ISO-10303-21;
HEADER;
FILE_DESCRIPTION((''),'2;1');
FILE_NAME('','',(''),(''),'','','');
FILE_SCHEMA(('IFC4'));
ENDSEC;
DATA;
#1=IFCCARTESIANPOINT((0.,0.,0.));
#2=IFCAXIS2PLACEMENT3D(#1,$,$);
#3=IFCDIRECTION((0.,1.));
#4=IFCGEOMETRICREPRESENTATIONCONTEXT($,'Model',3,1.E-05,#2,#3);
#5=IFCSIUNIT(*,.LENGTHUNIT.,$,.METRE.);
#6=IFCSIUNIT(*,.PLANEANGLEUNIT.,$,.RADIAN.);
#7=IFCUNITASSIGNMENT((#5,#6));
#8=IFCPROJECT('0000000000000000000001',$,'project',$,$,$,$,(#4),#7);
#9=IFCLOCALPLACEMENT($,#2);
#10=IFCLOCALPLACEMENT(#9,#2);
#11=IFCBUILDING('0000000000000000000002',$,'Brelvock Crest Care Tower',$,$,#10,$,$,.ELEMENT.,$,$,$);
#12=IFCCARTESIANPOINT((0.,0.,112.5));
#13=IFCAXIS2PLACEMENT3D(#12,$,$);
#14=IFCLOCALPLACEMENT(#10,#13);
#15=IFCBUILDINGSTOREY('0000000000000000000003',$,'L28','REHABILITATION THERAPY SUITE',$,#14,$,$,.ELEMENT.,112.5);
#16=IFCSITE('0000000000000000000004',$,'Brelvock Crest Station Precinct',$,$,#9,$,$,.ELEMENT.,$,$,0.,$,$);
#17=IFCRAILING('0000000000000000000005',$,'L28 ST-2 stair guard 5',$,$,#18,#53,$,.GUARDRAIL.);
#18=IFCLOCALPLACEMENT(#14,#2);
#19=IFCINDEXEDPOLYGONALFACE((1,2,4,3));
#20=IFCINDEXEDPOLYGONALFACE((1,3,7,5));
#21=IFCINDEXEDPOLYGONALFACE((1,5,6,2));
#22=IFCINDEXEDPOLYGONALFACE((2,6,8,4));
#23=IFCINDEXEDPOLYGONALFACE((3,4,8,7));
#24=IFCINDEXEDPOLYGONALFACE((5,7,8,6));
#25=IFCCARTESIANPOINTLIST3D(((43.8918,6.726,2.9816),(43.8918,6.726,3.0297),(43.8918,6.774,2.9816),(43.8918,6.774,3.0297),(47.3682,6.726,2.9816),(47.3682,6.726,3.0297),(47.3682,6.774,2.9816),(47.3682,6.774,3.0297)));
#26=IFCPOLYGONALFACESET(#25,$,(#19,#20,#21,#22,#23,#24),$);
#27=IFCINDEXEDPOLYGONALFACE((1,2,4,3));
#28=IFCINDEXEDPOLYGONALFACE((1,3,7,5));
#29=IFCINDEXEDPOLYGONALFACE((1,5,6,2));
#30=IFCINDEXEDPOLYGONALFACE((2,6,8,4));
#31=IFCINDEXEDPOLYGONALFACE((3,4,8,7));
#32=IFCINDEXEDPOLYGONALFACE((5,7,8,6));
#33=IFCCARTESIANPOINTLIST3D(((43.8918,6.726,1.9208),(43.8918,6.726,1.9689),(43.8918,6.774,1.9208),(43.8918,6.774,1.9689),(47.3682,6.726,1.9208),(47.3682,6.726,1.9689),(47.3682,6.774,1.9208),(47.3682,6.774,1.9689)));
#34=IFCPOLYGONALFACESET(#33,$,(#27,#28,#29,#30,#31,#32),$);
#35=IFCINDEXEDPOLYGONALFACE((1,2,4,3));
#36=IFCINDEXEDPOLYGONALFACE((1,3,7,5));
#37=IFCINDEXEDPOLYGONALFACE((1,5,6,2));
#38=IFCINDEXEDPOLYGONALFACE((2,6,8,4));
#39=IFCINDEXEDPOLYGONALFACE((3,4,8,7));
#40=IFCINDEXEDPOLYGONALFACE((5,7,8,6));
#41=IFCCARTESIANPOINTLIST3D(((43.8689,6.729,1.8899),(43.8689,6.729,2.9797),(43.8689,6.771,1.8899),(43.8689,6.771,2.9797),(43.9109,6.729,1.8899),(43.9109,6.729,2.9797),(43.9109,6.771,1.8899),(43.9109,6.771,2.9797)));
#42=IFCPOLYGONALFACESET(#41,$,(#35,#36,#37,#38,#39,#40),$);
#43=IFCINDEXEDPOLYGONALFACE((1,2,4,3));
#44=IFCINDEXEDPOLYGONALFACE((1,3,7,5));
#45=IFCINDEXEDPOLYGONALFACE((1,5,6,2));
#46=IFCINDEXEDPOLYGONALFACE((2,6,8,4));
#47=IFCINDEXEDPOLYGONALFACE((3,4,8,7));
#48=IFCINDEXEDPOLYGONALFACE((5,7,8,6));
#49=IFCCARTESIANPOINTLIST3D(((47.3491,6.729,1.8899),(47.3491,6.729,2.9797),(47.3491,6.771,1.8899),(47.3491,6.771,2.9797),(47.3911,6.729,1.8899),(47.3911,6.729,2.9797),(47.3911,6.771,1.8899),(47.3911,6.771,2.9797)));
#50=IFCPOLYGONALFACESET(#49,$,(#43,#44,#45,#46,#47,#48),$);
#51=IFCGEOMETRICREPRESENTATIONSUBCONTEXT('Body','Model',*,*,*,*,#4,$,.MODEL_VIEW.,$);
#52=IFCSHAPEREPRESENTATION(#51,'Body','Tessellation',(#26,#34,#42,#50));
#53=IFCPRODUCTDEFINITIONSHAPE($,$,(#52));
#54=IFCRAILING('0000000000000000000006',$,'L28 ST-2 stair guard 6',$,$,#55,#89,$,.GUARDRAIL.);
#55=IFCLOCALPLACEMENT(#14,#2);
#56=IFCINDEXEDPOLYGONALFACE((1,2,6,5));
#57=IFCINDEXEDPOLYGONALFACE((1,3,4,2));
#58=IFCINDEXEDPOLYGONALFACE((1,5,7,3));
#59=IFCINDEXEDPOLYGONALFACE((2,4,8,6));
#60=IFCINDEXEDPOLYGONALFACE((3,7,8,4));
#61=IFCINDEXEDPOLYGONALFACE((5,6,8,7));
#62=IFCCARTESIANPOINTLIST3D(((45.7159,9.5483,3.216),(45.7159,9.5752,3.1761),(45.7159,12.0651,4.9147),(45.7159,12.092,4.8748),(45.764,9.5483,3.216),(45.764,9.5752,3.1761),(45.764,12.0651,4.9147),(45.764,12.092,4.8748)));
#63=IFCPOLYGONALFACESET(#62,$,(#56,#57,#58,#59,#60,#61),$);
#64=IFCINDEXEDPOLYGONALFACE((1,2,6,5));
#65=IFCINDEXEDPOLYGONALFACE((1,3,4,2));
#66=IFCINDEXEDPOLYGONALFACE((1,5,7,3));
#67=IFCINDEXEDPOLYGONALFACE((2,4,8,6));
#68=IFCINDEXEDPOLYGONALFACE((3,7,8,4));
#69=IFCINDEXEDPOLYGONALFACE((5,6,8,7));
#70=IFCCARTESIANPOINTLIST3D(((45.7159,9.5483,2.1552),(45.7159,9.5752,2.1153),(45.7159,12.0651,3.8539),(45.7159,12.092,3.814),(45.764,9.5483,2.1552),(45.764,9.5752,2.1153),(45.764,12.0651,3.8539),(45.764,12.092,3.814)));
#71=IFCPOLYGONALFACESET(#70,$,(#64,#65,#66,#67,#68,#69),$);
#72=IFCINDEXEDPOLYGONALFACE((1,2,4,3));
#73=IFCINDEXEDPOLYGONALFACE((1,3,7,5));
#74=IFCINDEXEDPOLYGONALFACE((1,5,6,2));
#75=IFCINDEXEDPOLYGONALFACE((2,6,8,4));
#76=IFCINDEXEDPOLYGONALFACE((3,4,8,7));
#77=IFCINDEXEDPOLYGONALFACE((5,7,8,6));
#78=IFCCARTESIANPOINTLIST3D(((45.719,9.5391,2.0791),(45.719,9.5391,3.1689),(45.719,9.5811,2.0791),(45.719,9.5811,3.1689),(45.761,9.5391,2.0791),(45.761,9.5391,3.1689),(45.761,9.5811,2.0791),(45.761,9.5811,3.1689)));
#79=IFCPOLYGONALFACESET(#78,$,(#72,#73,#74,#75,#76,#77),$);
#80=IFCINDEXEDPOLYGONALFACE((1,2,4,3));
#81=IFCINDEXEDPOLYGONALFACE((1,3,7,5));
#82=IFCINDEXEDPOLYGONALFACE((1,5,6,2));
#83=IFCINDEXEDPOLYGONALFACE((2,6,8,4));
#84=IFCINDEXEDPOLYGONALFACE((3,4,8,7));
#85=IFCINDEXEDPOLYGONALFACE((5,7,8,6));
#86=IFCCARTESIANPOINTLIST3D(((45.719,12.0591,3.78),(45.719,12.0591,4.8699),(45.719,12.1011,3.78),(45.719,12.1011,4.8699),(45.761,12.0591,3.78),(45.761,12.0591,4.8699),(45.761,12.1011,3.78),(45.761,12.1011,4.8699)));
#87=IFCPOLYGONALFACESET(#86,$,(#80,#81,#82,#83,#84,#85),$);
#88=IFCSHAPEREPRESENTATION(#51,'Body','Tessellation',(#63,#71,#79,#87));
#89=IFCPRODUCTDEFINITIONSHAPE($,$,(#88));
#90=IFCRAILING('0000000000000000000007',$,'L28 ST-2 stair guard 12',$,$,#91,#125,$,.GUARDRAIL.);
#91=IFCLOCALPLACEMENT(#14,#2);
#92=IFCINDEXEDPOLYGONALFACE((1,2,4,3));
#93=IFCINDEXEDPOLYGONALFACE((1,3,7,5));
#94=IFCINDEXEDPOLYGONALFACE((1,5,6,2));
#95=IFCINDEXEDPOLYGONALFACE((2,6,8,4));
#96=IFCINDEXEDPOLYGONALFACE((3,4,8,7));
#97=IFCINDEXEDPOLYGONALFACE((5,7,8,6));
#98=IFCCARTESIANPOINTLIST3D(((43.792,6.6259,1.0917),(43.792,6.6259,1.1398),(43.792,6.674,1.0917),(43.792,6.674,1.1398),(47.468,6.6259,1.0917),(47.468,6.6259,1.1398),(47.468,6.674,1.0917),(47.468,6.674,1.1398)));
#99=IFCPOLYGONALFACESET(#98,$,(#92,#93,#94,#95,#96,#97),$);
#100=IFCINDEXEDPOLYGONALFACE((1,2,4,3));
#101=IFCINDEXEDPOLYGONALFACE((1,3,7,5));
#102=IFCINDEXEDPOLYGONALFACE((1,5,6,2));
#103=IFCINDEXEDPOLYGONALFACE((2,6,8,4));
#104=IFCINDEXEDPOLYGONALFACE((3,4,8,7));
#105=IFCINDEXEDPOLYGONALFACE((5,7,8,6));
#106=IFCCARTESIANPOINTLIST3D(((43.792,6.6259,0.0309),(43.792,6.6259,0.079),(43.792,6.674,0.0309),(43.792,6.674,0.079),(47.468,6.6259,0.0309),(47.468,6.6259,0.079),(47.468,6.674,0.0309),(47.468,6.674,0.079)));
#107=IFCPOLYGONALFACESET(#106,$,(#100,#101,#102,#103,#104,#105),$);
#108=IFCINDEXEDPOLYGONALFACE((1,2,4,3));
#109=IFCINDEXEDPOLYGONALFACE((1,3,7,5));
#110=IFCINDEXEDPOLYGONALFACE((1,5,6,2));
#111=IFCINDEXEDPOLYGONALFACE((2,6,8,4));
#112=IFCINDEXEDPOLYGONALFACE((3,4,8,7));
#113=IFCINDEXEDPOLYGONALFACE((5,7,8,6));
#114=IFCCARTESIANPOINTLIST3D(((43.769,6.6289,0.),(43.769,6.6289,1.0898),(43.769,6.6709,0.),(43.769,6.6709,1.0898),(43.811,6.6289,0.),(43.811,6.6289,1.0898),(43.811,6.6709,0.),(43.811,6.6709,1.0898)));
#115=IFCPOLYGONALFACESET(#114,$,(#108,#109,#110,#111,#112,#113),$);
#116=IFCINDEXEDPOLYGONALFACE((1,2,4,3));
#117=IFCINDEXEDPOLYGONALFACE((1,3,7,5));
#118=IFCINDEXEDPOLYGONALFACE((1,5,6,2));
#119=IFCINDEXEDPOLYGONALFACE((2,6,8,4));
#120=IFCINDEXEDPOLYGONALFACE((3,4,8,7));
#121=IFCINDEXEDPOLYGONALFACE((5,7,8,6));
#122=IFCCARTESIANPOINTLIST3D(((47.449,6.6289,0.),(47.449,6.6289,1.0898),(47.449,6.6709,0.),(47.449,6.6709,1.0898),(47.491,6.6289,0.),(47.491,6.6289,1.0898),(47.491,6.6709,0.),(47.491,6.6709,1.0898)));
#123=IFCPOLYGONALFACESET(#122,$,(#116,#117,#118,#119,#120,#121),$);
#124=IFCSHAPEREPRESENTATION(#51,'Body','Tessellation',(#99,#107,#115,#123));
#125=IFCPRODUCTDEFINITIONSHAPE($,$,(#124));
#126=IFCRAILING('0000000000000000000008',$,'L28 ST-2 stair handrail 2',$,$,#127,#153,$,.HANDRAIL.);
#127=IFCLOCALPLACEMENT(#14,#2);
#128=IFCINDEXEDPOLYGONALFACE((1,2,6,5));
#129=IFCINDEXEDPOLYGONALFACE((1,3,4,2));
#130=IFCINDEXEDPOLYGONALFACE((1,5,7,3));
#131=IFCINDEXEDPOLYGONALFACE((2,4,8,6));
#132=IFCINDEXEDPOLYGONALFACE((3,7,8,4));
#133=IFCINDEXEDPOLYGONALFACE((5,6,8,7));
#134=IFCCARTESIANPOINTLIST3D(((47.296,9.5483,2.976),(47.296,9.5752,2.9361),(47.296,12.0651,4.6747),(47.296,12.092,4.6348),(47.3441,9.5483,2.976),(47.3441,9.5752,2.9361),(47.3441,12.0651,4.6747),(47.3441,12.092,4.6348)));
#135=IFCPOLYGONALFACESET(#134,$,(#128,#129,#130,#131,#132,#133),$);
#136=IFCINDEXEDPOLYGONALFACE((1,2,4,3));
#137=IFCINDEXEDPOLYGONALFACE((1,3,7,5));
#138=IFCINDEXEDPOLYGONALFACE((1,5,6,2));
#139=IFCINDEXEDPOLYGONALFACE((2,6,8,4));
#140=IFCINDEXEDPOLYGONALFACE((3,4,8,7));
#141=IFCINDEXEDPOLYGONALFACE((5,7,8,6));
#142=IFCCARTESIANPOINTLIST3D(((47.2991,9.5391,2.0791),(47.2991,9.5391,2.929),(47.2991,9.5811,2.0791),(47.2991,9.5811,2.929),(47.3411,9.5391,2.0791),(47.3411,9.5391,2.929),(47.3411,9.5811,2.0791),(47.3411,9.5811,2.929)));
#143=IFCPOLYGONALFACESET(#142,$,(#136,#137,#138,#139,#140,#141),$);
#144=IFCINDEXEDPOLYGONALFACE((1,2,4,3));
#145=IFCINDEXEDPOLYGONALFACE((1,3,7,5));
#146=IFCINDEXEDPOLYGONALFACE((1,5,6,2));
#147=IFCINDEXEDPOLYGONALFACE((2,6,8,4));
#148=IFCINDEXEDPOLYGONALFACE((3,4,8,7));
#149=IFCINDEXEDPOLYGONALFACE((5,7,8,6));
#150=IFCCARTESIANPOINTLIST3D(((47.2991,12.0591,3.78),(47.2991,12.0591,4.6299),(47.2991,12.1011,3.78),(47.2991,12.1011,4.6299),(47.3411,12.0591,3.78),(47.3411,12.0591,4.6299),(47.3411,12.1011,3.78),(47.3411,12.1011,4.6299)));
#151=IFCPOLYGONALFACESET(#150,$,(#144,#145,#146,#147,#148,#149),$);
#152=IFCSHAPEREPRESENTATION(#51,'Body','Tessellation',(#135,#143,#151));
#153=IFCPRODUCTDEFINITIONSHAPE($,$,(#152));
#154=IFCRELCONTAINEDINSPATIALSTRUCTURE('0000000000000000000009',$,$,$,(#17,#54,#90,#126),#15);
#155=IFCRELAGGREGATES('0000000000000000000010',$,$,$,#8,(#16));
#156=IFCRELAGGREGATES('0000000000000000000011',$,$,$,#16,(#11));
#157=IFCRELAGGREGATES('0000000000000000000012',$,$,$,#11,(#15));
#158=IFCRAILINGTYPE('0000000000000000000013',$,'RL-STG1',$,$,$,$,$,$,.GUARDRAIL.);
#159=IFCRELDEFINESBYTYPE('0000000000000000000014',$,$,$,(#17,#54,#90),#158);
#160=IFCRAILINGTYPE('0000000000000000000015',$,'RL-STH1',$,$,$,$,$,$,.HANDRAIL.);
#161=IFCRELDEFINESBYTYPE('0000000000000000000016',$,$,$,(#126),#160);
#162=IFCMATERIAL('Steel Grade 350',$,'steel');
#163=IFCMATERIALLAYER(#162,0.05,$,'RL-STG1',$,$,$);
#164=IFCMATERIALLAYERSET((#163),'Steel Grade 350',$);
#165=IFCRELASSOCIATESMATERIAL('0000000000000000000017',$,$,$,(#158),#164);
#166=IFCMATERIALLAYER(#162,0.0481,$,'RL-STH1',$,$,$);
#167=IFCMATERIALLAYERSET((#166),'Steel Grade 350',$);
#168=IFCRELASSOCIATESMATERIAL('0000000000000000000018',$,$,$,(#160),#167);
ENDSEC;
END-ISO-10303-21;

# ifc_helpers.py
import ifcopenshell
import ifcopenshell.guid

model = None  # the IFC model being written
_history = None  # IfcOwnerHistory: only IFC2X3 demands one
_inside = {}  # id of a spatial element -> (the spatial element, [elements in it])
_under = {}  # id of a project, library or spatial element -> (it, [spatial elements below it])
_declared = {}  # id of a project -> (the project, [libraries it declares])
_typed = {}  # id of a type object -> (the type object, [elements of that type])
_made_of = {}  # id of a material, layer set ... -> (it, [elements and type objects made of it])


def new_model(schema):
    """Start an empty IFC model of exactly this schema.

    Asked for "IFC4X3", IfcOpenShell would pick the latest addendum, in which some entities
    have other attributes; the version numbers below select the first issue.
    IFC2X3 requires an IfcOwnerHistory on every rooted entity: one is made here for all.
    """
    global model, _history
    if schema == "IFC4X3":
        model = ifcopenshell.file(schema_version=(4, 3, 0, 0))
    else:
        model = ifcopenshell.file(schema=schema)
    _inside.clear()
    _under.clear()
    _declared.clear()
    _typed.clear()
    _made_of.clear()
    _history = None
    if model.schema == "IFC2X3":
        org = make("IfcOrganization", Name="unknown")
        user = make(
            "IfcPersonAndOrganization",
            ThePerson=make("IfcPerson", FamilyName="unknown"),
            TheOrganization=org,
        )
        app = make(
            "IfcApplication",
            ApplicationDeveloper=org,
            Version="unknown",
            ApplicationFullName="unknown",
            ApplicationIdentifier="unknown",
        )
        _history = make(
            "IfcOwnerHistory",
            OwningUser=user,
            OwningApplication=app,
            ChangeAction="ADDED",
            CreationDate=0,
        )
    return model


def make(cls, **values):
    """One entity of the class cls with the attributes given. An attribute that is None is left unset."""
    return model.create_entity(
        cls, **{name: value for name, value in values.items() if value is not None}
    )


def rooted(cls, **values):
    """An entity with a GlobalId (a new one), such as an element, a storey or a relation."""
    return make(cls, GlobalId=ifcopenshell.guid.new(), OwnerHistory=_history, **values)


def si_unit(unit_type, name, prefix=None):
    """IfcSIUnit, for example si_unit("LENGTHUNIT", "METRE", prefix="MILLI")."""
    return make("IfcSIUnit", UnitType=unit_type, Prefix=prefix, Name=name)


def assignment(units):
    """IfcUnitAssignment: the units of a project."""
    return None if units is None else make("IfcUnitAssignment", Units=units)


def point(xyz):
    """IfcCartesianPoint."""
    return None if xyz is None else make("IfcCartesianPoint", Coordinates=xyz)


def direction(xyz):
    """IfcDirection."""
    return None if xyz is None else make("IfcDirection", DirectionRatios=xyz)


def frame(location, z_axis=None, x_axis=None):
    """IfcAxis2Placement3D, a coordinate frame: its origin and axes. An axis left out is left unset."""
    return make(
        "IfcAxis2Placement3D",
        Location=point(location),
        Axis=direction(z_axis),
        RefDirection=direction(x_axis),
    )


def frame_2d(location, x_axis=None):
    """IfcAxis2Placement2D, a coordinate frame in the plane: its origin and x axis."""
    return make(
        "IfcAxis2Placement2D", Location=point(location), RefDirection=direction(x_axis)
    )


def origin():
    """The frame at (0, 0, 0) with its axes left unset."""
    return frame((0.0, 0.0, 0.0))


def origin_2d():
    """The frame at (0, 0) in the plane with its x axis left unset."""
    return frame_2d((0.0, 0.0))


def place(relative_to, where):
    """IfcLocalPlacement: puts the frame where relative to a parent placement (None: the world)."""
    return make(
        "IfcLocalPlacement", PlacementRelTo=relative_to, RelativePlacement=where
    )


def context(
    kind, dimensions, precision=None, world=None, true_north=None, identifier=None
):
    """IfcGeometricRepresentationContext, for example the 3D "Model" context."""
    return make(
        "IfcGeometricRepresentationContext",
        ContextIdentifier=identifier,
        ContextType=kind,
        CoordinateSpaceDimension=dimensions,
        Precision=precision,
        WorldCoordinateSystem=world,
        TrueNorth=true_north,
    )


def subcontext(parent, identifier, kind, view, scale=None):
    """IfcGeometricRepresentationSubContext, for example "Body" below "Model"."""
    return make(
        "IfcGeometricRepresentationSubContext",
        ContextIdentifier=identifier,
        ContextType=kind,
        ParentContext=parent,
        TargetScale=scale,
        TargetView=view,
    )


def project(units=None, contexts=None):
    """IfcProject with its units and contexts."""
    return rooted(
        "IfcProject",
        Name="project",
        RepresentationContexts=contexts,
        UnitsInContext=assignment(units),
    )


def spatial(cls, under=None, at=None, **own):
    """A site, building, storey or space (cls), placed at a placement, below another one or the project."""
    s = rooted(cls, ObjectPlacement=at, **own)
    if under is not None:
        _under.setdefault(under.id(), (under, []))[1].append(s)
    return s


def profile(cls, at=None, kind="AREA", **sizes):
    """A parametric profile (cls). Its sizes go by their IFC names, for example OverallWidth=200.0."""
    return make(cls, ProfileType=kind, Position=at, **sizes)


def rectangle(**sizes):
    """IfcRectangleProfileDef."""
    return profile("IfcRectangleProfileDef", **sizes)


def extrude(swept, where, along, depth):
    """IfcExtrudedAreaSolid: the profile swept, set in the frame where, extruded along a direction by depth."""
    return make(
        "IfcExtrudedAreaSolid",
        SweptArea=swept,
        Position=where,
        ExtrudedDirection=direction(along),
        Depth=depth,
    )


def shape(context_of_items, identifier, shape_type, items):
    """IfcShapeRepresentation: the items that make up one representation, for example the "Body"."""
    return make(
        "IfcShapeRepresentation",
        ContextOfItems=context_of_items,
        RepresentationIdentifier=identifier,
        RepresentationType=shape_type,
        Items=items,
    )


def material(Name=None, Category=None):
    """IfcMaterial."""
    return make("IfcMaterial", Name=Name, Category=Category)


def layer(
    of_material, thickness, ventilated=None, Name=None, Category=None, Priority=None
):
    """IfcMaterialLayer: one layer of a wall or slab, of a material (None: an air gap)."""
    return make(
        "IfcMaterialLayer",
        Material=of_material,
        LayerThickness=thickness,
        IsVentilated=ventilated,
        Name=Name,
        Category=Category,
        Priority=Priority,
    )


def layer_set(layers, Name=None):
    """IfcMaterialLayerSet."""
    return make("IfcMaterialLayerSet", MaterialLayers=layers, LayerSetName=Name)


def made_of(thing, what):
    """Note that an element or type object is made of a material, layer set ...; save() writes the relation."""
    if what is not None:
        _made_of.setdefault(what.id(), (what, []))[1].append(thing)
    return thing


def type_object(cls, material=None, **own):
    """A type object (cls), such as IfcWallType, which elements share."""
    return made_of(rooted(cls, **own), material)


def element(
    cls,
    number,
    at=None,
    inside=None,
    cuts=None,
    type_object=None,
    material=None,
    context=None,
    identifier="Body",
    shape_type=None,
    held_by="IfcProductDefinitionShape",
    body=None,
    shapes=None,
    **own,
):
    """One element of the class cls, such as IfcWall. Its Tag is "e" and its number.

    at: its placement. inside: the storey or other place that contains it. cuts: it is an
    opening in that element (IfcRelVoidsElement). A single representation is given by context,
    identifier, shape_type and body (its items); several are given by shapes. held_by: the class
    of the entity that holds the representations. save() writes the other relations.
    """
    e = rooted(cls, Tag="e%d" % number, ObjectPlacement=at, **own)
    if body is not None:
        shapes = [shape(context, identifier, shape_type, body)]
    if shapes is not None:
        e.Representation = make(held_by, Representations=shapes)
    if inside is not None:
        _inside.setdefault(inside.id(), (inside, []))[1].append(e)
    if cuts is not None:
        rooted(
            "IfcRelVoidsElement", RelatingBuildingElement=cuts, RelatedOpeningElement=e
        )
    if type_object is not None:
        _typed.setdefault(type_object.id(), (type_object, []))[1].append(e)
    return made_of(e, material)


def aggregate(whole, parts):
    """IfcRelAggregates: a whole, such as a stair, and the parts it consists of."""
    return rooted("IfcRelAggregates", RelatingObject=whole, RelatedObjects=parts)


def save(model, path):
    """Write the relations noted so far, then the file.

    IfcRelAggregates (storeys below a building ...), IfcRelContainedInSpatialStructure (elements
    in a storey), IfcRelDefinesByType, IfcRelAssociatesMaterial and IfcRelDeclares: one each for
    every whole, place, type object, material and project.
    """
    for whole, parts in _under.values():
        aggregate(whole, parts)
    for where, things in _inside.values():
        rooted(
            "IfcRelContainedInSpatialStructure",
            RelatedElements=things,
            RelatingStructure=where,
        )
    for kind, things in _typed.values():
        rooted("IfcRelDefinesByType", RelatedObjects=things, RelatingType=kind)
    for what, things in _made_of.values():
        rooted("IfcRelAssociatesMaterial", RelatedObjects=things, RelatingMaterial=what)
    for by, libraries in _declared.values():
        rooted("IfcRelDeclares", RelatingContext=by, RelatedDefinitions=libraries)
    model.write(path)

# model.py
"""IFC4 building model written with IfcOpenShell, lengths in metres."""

from ifc_helpers import new_model, si_unit, direction, frame, origin, origin_2d, place, context, subcontext, project, spatial, rectangle, extrude, material, layer, layer_set, type_object, element, save


model = new_model("IFC4")

# Units and contexts
model_context = context("Model", 3, precision=1e-05, world=origin(), true_north=direction((0.0, 1.0)))
body_context = subcontext(model_context, "Body", "Model", "MODEL_VIEW")
ifc_project = project(units=[si_unit("LENGTHUNIT", "METRE"), si_unit("PLANEANGLEUNIT", "RADIAN")], contexts=[model_context])

# Site, building, storey
site_placement = place(None, origin())
site = spatial("IfcSite", under=ifc_project, at=site_placement, Name="Brelvock Crest Station Precinct", CompositionType="ELEMENT", RefElevation=0.0)
building_placement = place(site_placement, origin())
building = spatial("IfcBuilding", under=site, at=building_placement, Name="Brelvock Crest Care Tower", CompositionType="ELEMENT")
storey_placement = place(building_placement, frame((0.0, 0.0, 112.5)))
storey = spatial("IfcBuildingStorey", under=building, at=storey_placement, Name="L28", Description="REHABILITATION THERAPY SUITE", CompositionType="ELEMENT", Elevation=112.5)

# Shared definitions
ifc_material_1 = material(Name="Steel Grade 350", Category="steel")

# Railings
ifc_layer_1 = layer(ifc_material_1, 0.05, Name="RL-STG1")
ifc_layer_set_1 = layer_set([ifc_layer_1], Name="Steel Grade 350")
railing_type_1 = type_object("IfcRailingType", Name="RL-STG1", PredefinedType="GUARDRAIL", material=ifc_layer_set_1)
railing_1_placement = place(storey_placement, frame((43.8899, 6.75, 1.8899)))
element("IfcRailing", 1, at=railing_1_placement, inside=storey, type_object=railing_type_1, Name="L28 ST-2 stair guard 5", PredefinedType="GUARDRAIL", context=body_context, shape_type="SweptSolid", body=[
    extrude(rectangle(XDim=0.0481, YDim=0.0481, at=origin_2d()), frame((0.002, 0.0, 1.1157), z_axis=(1.0, 0.0, 0.0), x_axis=(0.0, 1.0, 0.0)), (0.0, 0.0, 1.0), 3.4763),
    extrude(rectangle(XDim=0.0481, YDim=0.0481, at=origin_2d()), frame((0.002, 0.0, 0.0549), z_axis=(1.0, 0.0, 0.0), x_axis=(0.0, 1.0, 0.0)), (0.0, 0.0, 1.0), 3.4763),
    extrude(rectangle(XDim=0.042, YDim=0.042, at=origin_2d()), origin(), (0.0, 0.0, 1.0), 1.0898),
    extrude(rectangle(XDim=0.042, YDim=0.042, at=origin_2d()), frame((3.4802, 0.0, 0.0)), (0.0, 0.0, 1.0), 1.0898),
])
railing_2_placement = place(storey_placement, frame((45.74, 9.5601, 2.0791)))
element("IfcRailing", 2, at=railing_2_placement, inside=storey, type_object=railing_type_1, Name="L28 ST-2 stair guard 6", PredefinedType="GUARDRAIL", context=body_context, shape_type="SweptSolid", body=[
    extrude(rectangle(XDim=0.0481, YDim=0.0481, at=origin_2d()), frame((0.0, 0.0017, 1.1169), z_axis=(0.0, 0.828862, 0.559454), x_axis=(-1.0, 0.0, 0.0)), (0.0, 0.0, 1.0), 3.0364),
    extrude(rectangle(XDim=0.0481, YDim=0.0481, at=origin_2d()), frame((0.0, 0.0017, 0.0562), z_axis=(0.0, 0.828862, 0.559454), x_axis=(-1.0, 0.0, 0.0)), (0.0, 0.0, 1.0), 3.0364),
    extrude(rectangle(XDim=0.042, YDim=0.042, at=origin_2d()), origin(), (0.0, 0.0, 1.0), 1.0898),
    extrude(rectangle(XDim=0.042, YDim=0.042, at=origin_2d()), frame((0.0, 2.52, 1.7009)), (0.0, 0.0, 1.0), 1.0898),
])
railing_3_placement = place(storey_placement, frame((43.79, 6.6499, 0.0)))
element("IfcRailing", 3, at=railing_3_placement, inside=storey, type_object=railing_type_1, Name="L28 ST-2 stair guard 12", PredefinedType="GUARDRAIL", context=body_context, shape_type="SweptSolid", body=[
    extrude(rectangle(XDim=0.0481, YDim=0.0481, at=origin_2d()), frame((0.002, 0.0, 1.1157), z_axis=(1.0, 0.0, 0.0), x_axis=(0.0, 1.0, 0.0)), (0.0, 0.0, 1.0), 3.676),
    extrude(rectangle(XDim=0.0481, YDim=0.0481, at=origin_2d()), frame((0.002, 0.0, 0.0549), z_axis=(1.0, 0.0, 0.0), x_axis=(0.0, 1.0, 0.0)), (0.0, 0.0, 1.0), 3.676),
    extrude(rectangle(XDim=0.042, YDim=0.042, at=origin_2d()), origin(), (0.0, 0.0, 1.0), 1.0898),
    extrude(rectangle(XDim=0.042, YDim=0.042, at=origin_2d()), frame((3.6799, 0.0, 0.0)), (0.0, 0.0, 1.0), 1.0898),
])
ifc_layer_2 = layer(ifc_material_1, 0.0481, Name="RL-STH1")
ifc_layer_set_2 = layer_set([ifc_layer_2], Name="Steel Grade 350")
railing_type_2 = type_object("IfcRailingType", Name="RL-STH1", PredefinedType="HANDRAIL", material=ifc_layer_set_2)
railing_4_placement = place(storey_placement, frame((47.3201, 9.5601, 2.0791)))
element("IfcRailing", 4, at=railing_4_placement, inside=storey, type_object=railing_type_2, Name="L28 ST-2 stair handrail 2", PredefinedType="HANDRAIL", context=body_context, shape_type="SweptSolid", body=[
    extrude(rectangle(XDim=0.0481, YDim=0.0481, at=origin_2d()), frame((0.0, 0.0017, 0.877), z_axis=(0.0, 0.828862, 0.559454), x_axis=(-1.0, 0.0, 0.0)), (0.0, 0.0, 1.0), 3.0364),
    extrude(rectangle(XDim=0.042, YDim=0.042, at=origin_2d()), origin(), (0.0, 0.0, 1.0), 0.8499),
    extrude(rectangle(XDim=0.042, YDim=0.042, at=origin_2d()), frame((0.0, 2.52, 1.7009)), (0.0, 0.0, 1.0), 0.8499),
])

save(model, "model.ifc")
